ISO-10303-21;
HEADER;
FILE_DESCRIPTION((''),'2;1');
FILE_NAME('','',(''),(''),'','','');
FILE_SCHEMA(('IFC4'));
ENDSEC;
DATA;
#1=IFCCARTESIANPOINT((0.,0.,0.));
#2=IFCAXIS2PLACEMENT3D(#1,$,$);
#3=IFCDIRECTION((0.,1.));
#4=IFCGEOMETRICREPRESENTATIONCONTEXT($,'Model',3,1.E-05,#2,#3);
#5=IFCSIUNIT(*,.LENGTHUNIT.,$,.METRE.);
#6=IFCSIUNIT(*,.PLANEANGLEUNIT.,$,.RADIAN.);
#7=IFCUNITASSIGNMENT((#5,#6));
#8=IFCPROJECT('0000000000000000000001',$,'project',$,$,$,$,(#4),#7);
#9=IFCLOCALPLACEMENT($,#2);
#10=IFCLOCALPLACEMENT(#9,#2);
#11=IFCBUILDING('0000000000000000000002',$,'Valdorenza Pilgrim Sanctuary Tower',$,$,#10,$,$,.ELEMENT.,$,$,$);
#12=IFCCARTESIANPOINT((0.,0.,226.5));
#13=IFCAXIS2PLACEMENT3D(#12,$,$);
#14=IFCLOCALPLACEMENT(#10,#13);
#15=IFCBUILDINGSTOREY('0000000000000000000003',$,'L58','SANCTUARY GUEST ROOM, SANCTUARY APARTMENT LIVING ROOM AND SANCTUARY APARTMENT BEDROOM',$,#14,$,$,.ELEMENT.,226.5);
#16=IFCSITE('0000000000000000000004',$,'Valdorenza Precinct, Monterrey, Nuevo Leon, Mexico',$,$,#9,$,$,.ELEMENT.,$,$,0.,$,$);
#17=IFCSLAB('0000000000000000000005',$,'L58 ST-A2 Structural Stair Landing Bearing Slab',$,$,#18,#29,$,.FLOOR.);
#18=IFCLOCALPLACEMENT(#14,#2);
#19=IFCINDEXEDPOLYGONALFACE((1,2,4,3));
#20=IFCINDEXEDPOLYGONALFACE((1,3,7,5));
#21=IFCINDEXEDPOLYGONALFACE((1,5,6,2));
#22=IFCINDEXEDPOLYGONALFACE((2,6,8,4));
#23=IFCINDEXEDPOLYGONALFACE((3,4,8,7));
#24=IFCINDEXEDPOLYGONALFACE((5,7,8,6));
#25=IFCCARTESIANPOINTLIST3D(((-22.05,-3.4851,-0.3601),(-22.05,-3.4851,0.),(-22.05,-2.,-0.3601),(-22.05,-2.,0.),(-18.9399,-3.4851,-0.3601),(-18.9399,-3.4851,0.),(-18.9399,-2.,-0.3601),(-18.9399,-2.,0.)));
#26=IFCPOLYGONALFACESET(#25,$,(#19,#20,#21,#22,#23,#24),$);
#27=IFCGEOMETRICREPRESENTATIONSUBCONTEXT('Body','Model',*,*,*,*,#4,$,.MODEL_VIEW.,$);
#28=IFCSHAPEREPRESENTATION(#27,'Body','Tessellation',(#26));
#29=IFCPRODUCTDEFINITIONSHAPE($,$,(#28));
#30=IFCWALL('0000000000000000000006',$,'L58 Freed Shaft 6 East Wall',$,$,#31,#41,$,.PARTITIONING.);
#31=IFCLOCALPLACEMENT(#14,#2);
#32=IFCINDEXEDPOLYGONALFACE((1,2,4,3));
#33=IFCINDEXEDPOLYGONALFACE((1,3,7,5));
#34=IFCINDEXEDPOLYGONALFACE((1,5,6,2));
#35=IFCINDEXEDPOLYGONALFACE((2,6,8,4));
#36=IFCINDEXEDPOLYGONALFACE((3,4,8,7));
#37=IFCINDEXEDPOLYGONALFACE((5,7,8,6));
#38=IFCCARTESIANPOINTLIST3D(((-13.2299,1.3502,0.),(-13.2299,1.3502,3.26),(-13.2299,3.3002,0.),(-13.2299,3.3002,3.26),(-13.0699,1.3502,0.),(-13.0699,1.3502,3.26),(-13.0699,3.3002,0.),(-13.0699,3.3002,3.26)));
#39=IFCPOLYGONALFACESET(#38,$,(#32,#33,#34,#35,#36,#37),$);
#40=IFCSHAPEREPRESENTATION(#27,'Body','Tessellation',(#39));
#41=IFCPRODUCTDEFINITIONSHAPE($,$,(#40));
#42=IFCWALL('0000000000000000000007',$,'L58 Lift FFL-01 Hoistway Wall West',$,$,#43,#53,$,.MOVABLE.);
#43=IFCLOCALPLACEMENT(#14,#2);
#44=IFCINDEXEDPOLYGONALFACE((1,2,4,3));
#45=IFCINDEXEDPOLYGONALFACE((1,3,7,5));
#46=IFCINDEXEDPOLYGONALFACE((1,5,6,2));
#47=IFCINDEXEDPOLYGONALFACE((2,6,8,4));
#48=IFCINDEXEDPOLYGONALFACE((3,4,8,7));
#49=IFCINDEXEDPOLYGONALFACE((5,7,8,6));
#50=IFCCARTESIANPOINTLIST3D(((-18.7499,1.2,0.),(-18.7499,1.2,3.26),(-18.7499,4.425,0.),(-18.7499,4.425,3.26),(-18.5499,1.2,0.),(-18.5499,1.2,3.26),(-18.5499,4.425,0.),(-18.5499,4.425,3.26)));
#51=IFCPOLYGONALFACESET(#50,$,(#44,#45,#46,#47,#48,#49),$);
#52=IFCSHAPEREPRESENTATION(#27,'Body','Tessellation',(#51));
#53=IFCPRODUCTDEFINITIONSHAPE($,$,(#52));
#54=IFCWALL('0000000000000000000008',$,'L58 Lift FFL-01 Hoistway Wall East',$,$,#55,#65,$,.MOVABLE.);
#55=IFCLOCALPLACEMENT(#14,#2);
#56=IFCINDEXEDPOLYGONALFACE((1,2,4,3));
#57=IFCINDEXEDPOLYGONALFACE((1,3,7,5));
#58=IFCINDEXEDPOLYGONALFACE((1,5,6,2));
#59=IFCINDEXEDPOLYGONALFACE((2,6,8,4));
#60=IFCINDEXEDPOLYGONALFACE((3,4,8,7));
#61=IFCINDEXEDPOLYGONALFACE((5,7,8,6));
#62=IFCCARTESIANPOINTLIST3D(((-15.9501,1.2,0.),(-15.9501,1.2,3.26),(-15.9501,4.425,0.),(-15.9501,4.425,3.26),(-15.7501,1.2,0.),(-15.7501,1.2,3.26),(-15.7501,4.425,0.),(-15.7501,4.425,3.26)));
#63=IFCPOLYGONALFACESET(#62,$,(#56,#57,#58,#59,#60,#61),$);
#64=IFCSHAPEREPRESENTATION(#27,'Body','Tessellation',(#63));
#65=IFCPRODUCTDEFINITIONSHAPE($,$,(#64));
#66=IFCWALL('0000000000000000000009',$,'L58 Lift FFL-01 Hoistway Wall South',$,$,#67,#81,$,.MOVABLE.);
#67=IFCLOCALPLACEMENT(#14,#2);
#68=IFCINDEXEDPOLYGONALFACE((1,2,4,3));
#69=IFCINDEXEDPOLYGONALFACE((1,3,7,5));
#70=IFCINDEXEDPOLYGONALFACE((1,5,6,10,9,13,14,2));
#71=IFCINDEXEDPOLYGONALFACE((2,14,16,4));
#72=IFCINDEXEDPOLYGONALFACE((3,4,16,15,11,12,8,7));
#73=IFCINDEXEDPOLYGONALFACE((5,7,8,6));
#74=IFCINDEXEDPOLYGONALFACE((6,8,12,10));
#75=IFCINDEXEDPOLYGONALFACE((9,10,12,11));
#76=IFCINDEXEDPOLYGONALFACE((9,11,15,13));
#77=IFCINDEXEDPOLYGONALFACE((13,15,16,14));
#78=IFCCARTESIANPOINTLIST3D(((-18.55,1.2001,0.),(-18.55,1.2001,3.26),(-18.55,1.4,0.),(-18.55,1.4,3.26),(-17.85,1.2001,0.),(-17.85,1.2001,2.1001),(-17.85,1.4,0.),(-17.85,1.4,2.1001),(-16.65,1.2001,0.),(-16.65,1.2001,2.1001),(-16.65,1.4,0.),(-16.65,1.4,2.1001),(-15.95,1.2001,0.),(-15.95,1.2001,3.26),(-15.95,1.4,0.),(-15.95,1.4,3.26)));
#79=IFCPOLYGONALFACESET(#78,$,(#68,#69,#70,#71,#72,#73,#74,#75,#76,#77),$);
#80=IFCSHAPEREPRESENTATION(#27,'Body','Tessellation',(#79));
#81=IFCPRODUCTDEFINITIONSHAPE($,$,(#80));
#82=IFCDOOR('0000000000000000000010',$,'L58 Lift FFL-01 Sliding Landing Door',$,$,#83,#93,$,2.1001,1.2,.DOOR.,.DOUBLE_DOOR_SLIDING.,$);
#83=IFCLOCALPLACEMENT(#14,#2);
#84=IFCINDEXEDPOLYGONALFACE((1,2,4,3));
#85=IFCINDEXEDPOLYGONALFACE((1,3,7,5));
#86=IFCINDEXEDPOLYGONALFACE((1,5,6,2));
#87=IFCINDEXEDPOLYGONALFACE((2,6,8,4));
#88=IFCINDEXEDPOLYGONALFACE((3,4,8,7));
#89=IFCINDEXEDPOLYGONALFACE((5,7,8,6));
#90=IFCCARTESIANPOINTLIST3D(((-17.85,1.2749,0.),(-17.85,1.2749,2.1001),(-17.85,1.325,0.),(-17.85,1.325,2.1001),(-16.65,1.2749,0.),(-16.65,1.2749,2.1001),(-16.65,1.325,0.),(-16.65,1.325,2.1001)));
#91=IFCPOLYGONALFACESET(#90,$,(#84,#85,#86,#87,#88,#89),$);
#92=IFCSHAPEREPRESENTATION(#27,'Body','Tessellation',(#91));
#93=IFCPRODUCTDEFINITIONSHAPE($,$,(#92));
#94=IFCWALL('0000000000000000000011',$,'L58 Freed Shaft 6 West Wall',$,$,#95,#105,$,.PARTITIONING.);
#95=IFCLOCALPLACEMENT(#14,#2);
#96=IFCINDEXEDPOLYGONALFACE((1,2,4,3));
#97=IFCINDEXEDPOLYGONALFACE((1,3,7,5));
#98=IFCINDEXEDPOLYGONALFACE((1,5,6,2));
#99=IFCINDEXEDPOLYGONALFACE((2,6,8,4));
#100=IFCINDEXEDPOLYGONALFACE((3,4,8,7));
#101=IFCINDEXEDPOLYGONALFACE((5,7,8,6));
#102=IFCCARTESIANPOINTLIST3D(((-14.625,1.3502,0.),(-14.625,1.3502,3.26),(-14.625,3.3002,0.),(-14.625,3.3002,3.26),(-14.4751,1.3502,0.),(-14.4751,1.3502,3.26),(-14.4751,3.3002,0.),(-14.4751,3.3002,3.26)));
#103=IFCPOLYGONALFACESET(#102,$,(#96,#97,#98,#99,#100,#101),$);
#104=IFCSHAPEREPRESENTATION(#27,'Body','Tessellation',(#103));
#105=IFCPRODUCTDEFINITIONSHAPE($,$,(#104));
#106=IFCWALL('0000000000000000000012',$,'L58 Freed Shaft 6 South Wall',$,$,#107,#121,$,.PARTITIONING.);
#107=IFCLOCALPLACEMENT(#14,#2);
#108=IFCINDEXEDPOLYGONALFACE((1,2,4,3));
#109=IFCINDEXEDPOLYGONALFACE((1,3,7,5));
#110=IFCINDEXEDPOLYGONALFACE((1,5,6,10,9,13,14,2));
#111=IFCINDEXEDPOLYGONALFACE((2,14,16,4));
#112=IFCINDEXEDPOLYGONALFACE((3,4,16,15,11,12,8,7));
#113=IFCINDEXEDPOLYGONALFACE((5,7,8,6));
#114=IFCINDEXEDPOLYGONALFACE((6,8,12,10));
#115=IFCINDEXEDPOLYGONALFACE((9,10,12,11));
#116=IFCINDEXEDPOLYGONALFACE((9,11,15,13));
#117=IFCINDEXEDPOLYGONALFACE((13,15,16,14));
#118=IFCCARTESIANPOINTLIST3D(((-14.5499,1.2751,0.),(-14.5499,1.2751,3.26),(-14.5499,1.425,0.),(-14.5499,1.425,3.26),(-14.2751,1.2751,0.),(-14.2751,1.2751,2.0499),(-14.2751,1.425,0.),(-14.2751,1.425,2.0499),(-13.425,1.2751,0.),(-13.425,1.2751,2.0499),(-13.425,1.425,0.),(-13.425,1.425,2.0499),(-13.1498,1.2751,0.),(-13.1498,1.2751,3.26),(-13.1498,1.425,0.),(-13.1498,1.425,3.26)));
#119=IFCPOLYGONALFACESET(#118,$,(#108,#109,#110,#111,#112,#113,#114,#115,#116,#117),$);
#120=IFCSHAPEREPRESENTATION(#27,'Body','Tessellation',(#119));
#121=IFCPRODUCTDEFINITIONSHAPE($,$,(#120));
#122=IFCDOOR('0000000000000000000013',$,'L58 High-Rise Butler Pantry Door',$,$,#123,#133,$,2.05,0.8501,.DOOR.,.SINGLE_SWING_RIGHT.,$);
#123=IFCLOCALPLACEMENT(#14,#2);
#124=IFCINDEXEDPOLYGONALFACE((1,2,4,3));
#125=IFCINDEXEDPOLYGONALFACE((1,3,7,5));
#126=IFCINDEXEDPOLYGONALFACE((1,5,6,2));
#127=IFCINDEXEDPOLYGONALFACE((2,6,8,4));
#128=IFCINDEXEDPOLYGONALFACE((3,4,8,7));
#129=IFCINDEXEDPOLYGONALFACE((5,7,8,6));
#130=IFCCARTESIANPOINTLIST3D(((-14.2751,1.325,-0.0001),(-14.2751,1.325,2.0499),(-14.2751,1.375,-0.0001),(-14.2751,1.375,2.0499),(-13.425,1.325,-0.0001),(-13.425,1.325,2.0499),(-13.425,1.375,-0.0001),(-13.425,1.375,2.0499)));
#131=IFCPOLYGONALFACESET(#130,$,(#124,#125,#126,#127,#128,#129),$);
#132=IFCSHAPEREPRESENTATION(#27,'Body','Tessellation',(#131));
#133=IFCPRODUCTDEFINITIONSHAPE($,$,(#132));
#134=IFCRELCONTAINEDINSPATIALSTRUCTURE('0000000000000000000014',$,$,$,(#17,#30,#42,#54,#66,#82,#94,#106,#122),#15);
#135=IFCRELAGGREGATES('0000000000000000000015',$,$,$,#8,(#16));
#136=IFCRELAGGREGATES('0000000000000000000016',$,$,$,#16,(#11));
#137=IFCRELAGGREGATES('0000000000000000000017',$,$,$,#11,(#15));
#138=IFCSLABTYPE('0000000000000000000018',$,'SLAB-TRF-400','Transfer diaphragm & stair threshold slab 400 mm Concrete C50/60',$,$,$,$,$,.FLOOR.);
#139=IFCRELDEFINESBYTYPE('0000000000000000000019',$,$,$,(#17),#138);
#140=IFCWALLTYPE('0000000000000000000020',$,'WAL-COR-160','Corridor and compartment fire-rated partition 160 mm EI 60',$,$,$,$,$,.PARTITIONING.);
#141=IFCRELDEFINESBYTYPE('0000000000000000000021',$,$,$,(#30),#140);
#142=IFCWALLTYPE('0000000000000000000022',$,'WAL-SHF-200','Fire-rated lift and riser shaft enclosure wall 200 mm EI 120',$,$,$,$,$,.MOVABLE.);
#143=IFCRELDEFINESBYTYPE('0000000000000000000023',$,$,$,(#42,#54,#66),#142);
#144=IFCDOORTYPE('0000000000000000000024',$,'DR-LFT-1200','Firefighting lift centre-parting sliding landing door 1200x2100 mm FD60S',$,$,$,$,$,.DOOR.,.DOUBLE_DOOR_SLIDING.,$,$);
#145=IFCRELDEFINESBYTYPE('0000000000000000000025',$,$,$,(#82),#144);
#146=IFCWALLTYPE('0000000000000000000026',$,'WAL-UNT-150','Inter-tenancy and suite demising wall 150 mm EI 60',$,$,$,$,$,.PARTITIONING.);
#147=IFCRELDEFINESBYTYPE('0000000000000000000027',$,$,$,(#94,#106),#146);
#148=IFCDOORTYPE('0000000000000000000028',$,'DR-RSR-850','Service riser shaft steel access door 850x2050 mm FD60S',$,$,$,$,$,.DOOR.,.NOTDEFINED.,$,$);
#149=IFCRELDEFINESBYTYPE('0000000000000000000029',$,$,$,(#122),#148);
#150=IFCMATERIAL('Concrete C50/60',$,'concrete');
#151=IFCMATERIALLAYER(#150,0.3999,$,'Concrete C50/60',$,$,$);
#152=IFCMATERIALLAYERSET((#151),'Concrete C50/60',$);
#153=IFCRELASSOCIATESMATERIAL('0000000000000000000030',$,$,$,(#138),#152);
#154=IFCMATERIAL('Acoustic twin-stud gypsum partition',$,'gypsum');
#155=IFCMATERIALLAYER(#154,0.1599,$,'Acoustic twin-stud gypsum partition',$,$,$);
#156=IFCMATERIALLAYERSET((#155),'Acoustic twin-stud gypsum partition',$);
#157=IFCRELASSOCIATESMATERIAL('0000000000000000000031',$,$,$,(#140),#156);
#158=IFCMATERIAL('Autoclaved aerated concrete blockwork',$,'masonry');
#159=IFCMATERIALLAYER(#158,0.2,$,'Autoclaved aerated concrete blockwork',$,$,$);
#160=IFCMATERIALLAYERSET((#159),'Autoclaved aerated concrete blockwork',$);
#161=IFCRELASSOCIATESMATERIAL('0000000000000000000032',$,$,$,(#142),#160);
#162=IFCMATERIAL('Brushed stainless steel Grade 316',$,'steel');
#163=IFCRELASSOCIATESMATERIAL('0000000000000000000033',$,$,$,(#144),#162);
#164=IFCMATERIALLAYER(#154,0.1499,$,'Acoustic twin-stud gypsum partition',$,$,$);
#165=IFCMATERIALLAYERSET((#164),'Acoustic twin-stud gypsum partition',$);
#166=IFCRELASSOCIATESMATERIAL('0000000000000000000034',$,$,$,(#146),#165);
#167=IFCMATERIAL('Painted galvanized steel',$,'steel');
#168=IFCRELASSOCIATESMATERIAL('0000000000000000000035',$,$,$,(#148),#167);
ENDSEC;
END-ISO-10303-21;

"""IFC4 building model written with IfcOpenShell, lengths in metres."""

from ifc_helpers import new_model, si_unit, direction, frame, frame_2d, origin, place, context, subcontext, project, spatial, polyline, rectangle, outline, extrude, material, layer, layer_set, type_object, element, fill, save


model = new_model("IFC4")

# Units and contexts
model_context = context("Model", 3, precision=1e-05, world=origin(), true_north=direction((0.0, 1.0)))
body_context = subcontext(model_context, "Body", "Model", "MODEL_VIEW")
ifc_project = project(units=[si_unit("LENGTHUNIT", "METRE"), si_unit("PLANEANGLEUNIT", "RADIAN")], contexts=[model_context])

# Site, building, storey
site_placement = place(None, origin())
site = spatial("IfcSite", under=ifc_project, at=site_placement, Name="Valdorenza Precinct, Monterrey, Nuevo Leon, Mexico", CompositionType="ELEMENT", RefElevation=0.0)
building_placement = place(site_placement, origin())
building = spatial("IfcBuilding", under=site, at=building_placement, Name="Valdorenza Pilgrim Sanctuary Tower", CompositionType="ELEMENT")
storey_placement = place(building_placement, frame((0.0, 0.0, 226.5)))
storey = spatial("IfcBuildingStorey", under=building, at=storey_placement, Name="L58", Description="SANCTUARY GUEST ROOM, SANCTUARY APARTMENT LIVING ROOM AND SANCTUARY APARTMENT BEDROOM", CompositionType="ELEMENT", Elevation=226.5)

# Slab
ifc_material_1 = material(Name="Concrete C50/60", Category="concrete")
ifc_layer_1 = layer(ifc_material_1, 0.3999, Name="Concrete C50/60")
ifc_layer_set_1 = layer_set([ifc_layer_1], Name="Concrete C50/60")
slab_type_1 = type_object("IfcSlabType", Name="SLAB-TRF-400", Description="Transfer diaphragm & stair threshold slab 400 mm Concrete C50/60", PredefinedType="FLOOR", material=ifc_layer_set_1)
slab_1_placement = place(storey_placement, frame((0.0, 0.0, -0.3601)))
element("IfcSlab", 1, at=slab_1_placement, inside=storey, type_object=slab_type_1, Name="L58 ST-A2 Structural Stair Landing Bearing Slab", PredefinedType="FLOOR", context=body_context, shape_type="SweptSolid", body=[
    extrude(outline(polyline([(-22.05, -3.4851), (-18.9399, -3.4851), (-18.9399, -2.0), (-22.05, -2.0), (-22.05, -3.4851)])), origin(), (0.0, 0.0, 1.0), 0.3601),
])

# Walls
ifc_material_2 = material(Name="Acoustic twin-stud gypsum partition", Category="gypsum")
ifc_layer_2 = layer(ifc_material_2, 0.1599, Name="Acoustic twin-stud gypsum partition")
ifc_layer_set_2 = layer_set([ifc_layer_2], Name="Acoustic twin-stud gypsum partition")
wall_type_1 = type_object("IfcWallType", Name="WAL-COR-160", Description="Corridor and compartment fire-rated partition 160 mm EI 60", PredefinedType="PARTITIONING", material=ifc_layer_set_2)
wall_1_placement = place(storey_placement, frame((-13.1499, 1.3501, 0.0), z_axis=(0.0, 0.0, 1.0), x_axis=(0.0, 1.0, 0.0)))
element("IfcWall", 2, at=wall_1_placement, inside=storey, type_object=wall_type_1, Name="L58 Freed Shaft 6 East Wall", PredefinedType="PARTITIONING", context=body_context, shape_type="SweptSolid", body=[
    extrude(rectangle(XDim=1.95, YDim=0.1599, at=frame_2d((0.9751, 0.0))), origin(), (0.0, 0.0, 1.0), 3.26),
])
ifc_material_3 = material(Name="Autoclaved aerated concrete blockwork", Category="masonry")
ifc_layer_3 = layer(ifc_material_3, 0.2, Name="Autoclaved aerated concrete blockwork")
ifc_layer_set_3 = layer_set([ifc_layer_3], Name="Autoclaved aerated concrete blockwork")
wall_type_2 = type_object("IfcWallType", Name="WAL-SHF-200", Description="Fire-rated lift and riser shaft enclosure wall 200 mm EI 120", PredefinedType="MOVABLE", material=ifc_layer_set_3)
for number, where, z_axis, x_axis, name in (
    (3, (-18.6499, 1.2, 0.0), (0.0, 0.0, 1.0), (0.0, 1.0, 0.0), "L58 Lift FFL-01 Hoistway Wall West"),
    (4, (-15.8501, 1.2, 0.0), (0.0, 0.0, 1.0), (0.0, 1.0, 0.0), "L58 Lift FFL-01 Hoistway Wall East"),
):
    element("IfcWall", number, at=place(storey_placement, frame(where, z_axis=z_axis, x_axis=x_axis)), inside=storey, type_object=wall_type_2, Name=name, PredefinedType="MOVABLE", context=body_context, shape_type="SweptSolid", body=[
        extrude(rectangle(XDim=3.2251, YDim=0.2, at=frame_2d((1.6125, 0.0))), origin(), (0.0, 0.0, 1.0), 3.26),
    ])

# Wall, opening, door
wall_2_placement = place(storey_placement, frame((-18.55, 1.3, 0.0), z_axis=(0.0, 0.0, 1.0), x_axis=(1.0, 0.0, 0.0)))
wall_2 = element("IfcWall", 5, at=wall_2_placement, inside=storey, type_object=wall_type_2, Name="L58 Lift FFL-01 Hoistway Wall South", PredefinedType="MOVABLE", context=body_context, shape_type="SweptSolid", body=[
    extrude(rectangle(XDim=2.6001, YDim=0.2, at=frame_2d((1.3, 0.0))), origin(), (0.0, 0.0, 1.0), 3.26),
])
opening_1_placement = place(wall_2_placement, frame((0.7, 0.0, 0.0)))
opening_1 = element("IfcOpeningElement", 6, at=opening_1_placement, cuts=wall_2, PredefinedType="OPENING", context=body_context, shape_type="SweptSolid", body=[
    extrude(rectangle(XDim=1.2, YDim=2.1001, at=frame_2d((0.6001, 1.05))), frame((0.0, 0.1147, 0.0), z_axis=(0.0, -1.0, 0.0), x_axis=(1.0, 0.0, 0.0)), (0.0, 0.0, 1.0), 0.2297),
])
ifc_material_4 = material(Name="Brushed stainless steel Grade 316", Category="steel")
door_type_1 = type_object("IfcDoorType", Name="DR-LFT-1200", Description="Firefighting lift centre-parting sliding landing door 1200x2100 mm FD60S", OperationType="DOUBLE_DOOR_SLIDING", PredefinedType="DOOR", material=ifc_material_4)
door_1_placement = place(opening_1_placement, origin())
door_1 = element("IfcDoor", 7, at=door_1_placement, inside=storey, type_object=door_type_1, Name="L58 Lift FFL-01 Sliding Landing Door", OperationType="DOUBLE_DOOR_SLIDING", OverallHeight=2.1001, OverallWidth=1.2, PredefinedType="DOOR", context=body_context, shape_type="SweptSolid", body=[
    extrude(rectangle(XDim=1.2, YDim=2.1001, at=frame_2d((0.6001, 1.05))), frame((0.0, 0.0249, 0.0), z_axis=(0.0, -1.0, 0.0), x_axis=(1.0, 0.0, 0.0)), (0.0, 0.0, 1.0), 0.05),
])
fill(opening_1, door_1)

# Wall
ifc_layer_4 = layer(ifc_material_2, 0.1499, Name="Acoustic twin-stud gypsum partition")
ifc_layer_set_4 = layer_set([ifc_layer_4], Name="Acoustic twin-stud gypsum partition")
wall_type_3 = type_object("IfcWallType", Name="WAL-UNT-150", Description="Inter-tenancy and suite demising wall 150 mm EI 60", PredefinedType="PARTITIONING", material=ifc_layer_set_4)
wall_3_placement = place(storey_placement, frame((-14.55, 1.3501, 0.0), z_axis=(0.0, 0.0, 1.0), x_axis=(0.0, 1.0, 0.0)))
element("IfcWall", 8, at=wall_3_placement, inside=storey, type_object=wall_type_3, Name="L58 Freed Shaft 6 West Wall", PredefinedType="PARTITIONING", context=body_context, shape_type="SweptSolid", body=[
    extrude(rectangle(XDim=1.95, YDim=0.1499, at=frame_2d((0.9751, 0.0))), origin(), (0.0, 0.0, 1.0), 3.26),
])

# Wall, opening, door
wall_4_placement = place(storey_placement, frame((-14.55, 1.3501, 0.0), z_axis=(0.0, 0.0, 1.0), x_axis=(1.0, 0.0, 0.0)))
wall_4 = element("IfcWall", 9, at=wall_4_placement, inside=storey, type_object=wall_type_3, Name="L58 Freed Shaft 6 South Wall", PredefinedType="PARTITIONING", context=body_context, shape_type="SweptSolid", body=[
    extrude(rectangle(XDim=1.4001, YDim=0.1499, at=frame_2d((0.7002, 0.0))), origin(), (0.0, 0.0, 1.0), 3.26),
])
opening_2_placement = place(wall_4_placement, frame((0.2749, 0.0, 0.0)))
opening_2 = element("IfcOpeningElement", 10, at=opening_2_placement, cuts=wall_4, PredefinedType="OPENING", context=body_context, shape_type="SweptSolid", body=[
    extrude(rectangle(XDim=0.8501, YDim=2.05, at=frame_2d((0.425, 1.0249))), frame((0.0, 0.0898, 0.0), z_axis=(0.0, -1.0, 0.0), x_axis=(1.0, 0.0, 0.0)), (0.0, 0.0, 1.0), 0.1797),
])
ifc_material_5 = material(Name="Painted galvanized steel", Category="steel")
door_type_2 = type_object("IfcDoorType", Name="DR-RSR-850", Description="Service riser shaft steel access door 850x2050 mm FD60S", OperationType="NOTDEFINED", PredefinedType="DOOR", material=ifc_material_5)
door_2_placement = place(opening_2_placement, origin())
door_2 = element("IfcDoor", 11, at=door_2_placement, inside=storey, type_object=door_type_2, Name="L58 High-Rise Butler Pantry Door", OperationType="SINGLE_SWING_RIGHT", OverallHeight=2.05, OverallWidth=0.8501, PredefinedType="DOOR", context=body_context, shape_type="SweptSolid", body=[
    extrude(rectangle(XDim=0.8501, YDim=2.05, at=frame_2d((0.425, 1.0249))), frame((0.0, 0.0249, 0.0), z_axis=(0.0, -1.0, 0.0), x_axis=(1.0, 0.0, 0.0)), (0.0, 0.0, 1.0), 0.05),
])
fill(opening_2, door_2)

save(model, "model.ifc")
